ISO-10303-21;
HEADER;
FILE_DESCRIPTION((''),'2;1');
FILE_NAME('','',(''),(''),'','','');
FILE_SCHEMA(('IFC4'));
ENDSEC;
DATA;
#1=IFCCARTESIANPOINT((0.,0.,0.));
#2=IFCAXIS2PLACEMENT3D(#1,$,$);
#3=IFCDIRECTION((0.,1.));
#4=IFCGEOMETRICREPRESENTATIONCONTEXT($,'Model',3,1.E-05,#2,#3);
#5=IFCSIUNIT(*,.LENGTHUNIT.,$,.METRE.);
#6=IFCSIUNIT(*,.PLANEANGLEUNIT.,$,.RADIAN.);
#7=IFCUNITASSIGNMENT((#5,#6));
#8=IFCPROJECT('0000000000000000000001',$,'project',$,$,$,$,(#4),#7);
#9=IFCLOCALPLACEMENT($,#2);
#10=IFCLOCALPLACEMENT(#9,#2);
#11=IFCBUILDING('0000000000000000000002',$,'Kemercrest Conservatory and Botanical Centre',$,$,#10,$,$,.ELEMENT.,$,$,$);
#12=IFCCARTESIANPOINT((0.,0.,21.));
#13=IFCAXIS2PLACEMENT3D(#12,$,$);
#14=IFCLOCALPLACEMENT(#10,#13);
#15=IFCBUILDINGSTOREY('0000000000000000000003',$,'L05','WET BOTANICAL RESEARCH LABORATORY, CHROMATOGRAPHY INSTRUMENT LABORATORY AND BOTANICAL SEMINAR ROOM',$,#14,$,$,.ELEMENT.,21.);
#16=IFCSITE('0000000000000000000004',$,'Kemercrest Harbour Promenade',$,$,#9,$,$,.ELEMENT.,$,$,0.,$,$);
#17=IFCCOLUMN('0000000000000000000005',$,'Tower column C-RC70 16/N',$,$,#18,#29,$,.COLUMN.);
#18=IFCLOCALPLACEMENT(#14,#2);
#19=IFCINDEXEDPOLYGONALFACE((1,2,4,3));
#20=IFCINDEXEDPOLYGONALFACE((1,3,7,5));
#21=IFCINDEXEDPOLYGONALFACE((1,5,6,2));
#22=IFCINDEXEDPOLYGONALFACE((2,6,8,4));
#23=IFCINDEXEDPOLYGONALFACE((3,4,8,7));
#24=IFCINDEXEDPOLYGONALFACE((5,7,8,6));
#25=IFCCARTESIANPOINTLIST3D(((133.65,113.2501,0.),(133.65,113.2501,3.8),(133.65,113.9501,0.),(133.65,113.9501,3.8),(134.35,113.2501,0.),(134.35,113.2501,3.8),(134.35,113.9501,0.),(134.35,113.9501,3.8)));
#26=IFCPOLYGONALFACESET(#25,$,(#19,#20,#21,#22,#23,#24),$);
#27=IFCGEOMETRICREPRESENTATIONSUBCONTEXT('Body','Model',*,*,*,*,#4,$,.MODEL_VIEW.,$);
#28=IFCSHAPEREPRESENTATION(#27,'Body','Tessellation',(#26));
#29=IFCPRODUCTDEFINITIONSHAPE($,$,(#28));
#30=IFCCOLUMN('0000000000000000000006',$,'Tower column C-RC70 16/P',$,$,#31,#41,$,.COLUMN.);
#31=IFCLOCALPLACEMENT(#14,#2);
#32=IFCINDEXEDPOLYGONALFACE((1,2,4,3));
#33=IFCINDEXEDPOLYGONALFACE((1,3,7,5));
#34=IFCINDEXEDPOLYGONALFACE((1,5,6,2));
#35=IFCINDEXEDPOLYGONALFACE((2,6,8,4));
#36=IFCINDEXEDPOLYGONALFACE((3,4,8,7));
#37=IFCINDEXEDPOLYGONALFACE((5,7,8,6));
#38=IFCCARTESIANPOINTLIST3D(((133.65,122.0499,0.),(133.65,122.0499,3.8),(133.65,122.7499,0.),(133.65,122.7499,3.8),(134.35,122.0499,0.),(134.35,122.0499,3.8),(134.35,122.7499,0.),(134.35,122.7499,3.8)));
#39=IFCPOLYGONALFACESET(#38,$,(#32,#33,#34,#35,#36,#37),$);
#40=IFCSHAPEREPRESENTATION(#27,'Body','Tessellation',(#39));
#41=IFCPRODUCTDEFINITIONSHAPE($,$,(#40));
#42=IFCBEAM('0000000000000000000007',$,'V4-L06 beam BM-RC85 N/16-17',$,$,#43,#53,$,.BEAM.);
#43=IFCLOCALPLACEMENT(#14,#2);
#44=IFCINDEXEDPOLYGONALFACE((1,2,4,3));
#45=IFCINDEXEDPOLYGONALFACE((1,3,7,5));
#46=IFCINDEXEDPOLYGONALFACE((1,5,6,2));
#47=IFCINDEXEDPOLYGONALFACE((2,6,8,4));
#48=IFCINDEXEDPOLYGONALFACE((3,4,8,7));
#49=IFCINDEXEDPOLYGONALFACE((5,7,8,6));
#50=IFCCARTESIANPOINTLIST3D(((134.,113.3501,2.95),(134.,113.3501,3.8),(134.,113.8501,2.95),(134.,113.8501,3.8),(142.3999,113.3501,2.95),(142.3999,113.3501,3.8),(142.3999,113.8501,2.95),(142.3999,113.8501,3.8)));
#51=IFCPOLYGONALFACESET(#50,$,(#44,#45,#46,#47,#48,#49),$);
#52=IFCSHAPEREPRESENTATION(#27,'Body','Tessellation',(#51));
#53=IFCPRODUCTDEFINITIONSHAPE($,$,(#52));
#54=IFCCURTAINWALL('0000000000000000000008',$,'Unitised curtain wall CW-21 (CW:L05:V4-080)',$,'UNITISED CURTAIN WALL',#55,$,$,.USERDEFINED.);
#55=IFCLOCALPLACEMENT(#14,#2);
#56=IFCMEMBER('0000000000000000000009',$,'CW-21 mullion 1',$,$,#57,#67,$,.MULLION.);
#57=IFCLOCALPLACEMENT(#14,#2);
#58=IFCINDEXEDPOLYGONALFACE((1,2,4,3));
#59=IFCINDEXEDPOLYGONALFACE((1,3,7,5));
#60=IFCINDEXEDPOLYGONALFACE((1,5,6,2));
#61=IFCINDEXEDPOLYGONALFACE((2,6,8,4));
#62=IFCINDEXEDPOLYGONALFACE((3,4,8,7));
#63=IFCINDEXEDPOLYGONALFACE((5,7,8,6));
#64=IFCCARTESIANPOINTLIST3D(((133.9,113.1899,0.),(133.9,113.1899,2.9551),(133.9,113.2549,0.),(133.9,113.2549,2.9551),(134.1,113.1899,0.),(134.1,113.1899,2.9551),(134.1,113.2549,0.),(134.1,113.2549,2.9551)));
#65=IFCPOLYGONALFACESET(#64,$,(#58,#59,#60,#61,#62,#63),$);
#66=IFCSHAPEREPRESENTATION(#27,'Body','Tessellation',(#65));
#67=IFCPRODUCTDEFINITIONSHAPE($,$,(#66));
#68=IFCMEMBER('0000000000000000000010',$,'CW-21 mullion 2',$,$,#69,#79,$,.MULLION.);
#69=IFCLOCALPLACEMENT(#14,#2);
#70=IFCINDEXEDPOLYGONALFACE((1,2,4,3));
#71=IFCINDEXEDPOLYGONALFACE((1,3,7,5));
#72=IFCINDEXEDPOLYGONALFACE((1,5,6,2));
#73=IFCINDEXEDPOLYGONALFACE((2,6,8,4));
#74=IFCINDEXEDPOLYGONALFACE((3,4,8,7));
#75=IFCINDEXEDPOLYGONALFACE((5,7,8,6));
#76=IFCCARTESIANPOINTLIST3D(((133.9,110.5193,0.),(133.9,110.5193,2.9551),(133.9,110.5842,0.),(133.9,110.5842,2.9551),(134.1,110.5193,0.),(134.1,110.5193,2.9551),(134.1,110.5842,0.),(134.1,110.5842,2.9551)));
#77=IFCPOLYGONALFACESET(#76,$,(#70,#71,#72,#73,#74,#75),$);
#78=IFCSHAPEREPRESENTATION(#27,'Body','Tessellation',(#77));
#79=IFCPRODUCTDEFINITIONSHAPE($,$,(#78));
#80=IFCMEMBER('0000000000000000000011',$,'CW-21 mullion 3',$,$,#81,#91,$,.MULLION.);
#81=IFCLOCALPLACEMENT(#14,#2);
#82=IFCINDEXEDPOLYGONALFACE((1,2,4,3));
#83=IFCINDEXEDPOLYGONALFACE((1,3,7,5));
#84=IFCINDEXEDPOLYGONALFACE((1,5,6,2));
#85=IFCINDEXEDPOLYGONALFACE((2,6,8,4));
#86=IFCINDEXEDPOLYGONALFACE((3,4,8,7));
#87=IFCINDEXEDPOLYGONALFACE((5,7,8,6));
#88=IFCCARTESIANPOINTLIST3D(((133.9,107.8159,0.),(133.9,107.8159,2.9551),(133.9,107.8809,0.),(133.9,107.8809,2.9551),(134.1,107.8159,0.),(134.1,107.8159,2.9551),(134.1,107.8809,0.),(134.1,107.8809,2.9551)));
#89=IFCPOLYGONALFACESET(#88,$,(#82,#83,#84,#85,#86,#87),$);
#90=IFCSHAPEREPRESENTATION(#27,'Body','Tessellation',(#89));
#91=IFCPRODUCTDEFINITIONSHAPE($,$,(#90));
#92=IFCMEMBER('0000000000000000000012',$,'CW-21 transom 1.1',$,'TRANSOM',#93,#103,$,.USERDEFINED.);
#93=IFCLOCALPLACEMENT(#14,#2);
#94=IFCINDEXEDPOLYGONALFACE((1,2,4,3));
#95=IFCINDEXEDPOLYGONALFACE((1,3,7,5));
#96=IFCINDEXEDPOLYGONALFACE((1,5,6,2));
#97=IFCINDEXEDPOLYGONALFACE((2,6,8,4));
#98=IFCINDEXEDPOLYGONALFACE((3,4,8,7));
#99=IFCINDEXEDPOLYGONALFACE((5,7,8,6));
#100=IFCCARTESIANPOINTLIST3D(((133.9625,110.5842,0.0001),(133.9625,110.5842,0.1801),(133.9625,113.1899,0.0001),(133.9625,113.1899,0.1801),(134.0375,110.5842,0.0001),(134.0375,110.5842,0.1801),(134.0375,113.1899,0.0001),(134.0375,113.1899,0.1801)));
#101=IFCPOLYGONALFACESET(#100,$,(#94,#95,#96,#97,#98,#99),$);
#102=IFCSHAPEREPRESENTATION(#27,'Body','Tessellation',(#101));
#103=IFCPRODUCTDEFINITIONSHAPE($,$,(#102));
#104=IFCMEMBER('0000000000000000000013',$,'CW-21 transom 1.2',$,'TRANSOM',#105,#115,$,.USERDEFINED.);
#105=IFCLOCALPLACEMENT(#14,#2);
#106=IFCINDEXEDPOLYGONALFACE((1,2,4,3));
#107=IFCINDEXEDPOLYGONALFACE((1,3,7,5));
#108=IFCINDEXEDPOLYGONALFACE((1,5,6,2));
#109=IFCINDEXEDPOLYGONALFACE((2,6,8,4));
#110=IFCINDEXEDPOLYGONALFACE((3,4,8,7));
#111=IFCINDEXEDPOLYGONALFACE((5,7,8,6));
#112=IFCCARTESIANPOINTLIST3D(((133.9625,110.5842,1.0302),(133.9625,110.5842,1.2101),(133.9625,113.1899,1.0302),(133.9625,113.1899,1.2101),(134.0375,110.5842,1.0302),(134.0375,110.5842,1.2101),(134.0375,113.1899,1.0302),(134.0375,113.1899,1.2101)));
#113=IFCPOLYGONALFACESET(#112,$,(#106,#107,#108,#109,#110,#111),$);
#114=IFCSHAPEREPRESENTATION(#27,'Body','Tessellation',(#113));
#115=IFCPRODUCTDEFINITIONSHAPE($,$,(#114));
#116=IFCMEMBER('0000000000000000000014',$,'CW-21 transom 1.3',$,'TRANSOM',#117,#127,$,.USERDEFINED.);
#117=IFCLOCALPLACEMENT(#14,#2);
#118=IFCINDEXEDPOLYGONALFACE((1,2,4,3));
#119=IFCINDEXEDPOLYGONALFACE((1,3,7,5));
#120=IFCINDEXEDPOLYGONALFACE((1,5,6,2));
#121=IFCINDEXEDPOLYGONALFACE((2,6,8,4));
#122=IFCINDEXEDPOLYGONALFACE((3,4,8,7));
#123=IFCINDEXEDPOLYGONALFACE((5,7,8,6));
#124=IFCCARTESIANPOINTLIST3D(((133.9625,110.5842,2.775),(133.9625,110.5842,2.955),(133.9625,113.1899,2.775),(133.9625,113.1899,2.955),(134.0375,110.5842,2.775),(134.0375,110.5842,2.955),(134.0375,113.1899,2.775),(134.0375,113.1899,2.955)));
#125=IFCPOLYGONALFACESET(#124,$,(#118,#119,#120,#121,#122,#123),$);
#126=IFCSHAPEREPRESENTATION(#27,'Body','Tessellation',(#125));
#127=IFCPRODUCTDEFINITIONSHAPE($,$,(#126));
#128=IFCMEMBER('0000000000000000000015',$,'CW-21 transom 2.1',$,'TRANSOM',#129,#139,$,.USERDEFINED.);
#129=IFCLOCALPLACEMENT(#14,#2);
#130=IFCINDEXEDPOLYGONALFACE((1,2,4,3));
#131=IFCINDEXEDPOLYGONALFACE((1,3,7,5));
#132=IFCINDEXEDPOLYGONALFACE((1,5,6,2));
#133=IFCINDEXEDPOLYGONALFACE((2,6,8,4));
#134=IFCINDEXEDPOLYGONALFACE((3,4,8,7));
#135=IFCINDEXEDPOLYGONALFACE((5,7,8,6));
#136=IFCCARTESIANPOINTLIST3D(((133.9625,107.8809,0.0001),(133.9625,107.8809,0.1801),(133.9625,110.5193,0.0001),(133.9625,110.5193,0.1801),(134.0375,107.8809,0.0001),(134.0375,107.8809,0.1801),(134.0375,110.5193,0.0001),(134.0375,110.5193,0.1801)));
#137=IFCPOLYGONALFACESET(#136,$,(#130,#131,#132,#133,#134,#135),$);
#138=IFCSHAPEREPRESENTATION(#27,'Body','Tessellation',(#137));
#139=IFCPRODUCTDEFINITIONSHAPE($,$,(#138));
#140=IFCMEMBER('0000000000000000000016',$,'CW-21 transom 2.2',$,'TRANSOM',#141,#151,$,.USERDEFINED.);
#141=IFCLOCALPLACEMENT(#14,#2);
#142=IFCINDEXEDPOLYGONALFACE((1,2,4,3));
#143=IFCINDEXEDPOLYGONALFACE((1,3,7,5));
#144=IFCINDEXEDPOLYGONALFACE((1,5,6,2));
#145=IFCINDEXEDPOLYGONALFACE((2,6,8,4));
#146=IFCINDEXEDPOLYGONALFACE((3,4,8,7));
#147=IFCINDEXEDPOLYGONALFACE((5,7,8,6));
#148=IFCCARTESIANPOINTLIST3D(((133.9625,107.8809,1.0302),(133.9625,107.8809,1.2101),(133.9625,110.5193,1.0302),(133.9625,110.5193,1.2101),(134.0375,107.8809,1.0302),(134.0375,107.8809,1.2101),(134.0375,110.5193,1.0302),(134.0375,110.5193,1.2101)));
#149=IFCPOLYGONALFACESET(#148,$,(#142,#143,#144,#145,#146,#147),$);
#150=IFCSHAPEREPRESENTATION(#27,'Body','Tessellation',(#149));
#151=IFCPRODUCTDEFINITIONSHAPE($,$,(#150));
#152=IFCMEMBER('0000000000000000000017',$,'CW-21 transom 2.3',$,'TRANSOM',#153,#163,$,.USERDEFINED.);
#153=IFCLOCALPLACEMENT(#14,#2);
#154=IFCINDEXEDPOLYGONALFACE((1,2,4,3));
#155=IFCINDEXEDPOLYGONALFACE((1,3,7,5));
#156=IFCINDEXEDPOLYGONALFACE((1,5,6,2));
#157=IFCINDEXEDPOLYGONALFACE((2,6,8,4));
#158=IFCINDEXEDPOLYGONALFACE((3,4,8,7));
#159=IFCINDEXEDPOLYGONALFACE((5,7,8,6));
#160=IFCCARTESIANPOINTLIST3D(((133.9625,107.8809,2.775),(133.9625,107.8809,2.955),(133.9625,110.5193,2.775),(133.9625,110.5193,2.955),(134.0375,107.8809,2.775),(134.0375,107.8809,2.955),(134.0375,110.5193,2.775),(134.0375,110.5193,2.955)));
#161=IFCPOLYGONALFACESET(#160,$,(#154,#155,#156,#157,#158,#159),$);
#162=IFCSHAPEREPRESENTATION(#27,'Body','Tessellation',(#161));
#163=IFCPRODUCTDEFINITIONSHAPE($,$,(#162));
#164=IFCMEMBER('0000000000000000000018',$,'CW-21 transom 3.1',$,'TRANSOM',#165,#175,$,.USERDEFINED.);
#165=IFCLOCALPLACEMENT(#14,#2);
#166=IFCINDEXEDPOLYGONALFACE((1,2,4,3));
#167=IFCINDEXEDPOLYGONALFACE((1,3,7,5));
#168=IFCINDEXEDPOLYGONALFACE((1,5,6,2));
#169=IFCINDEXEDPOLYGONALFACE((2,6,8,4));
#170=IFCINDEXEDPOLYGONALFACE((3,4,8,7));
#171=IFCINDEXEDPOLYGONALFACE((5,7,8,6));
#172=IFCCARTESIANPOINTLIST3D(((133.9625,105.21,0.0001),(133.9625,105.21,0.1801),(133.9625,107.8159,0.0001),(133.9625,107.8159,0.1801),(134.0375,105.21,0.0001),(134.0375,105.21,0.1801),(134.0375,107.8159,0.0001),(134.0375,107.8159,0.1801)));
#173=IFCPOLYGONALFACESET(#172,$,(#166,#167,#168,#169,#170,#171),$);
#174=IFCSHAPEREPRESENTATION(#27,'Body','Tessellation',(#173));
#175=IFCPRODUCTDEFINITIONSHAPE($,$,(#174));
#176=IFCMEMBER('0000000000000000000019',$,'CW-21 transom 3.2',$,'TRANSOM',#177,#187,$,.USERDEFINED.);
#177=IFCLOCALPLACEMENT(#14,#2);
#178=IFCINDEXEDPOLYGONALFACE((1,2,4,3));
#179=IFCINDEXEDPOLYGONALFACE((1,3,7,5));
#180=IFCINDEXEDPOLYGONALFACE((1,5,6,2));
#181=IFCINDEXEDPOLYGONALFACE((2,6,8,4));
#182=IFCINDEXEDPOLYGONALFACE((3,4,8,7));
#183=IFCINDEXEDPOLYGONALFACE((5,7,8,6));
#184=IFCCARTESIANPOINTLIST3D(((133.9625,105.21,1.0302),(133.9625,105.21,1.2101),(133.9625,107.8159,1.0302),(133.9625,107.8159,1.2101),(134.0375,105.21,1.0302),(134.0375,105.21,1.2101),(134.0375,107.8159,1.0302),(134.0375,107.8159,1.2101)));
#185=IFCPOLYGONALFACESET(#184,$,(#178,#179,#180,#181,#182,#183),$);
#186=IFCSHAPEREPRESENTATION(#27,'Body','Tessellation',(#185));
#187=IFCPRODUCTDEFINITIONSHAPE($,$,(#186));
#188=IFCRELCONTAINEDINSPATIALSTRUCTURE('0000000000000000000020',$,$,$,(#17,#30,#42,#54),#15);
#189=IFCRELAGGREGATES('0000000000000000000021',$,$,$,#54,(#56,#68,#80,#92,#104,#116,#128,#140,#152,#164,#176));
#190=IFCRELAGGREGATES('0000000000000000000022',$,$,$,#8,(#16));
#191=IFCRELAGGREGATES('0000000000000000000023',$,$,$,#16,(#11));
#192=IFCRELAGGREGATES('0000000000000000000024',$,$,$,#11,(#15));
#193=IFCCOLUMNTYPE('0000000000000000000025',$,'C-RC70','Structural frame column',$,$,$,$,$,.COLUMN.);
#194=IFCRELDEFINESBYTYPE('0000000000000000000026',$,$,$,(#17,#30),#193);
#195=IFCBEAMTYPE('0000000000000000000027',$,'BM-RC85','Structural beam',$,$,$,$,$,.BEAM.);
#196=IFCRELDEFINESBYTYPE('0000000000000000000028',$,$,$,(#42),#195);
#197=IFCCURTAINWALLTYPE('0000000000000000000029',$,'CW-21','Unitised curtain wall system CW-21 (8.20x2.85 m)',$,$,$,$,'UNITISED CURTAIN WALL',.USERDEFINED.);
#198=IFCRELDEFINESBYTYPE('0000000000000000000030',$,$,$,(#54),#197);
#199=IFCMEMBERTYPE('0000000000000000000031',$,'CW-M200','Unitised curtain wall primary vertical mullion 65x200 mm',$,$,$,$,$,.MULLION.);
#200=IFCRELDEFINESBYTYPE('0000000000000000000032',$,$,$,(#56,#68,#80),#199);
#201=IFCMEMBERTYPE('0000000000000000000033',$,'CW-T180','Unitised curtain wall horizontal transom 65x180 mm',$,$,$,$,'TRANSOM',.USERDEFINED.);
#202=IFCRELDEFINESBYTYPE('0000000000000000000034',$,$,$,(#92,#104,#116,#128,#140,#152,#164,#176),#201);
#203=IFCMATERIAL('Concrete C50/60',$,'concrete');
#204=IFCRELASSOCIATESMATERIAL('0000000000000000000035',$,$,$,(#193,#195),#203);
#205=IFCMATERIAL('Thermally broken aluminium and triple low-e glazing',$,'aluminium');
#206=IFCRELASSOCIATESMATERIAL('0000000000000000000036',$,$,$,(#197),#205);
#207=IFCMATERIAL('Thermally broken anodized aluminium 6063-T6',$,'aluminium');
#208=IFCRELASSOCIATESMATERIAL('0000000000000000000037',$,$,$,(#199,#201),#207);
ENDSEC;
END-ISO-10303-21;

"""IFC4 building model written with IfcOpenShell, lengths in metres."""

from ifc_helpers import new_model, si_unit, direction, frame, origin, origin_2d, place, context, subcontext, project, spatial, rectangle, extrude, material, material_profile, profile_set, type_object, element, aggregate, save


model = new_model("IFC4")

# Units and contexts
model_context = context("Model", 3, precision=1e-05, world=origin(), true_north=direction((0.0, 1.0)))
body_context = subcontext(model_context, "Body", "Model", "MODEL_VIEW")
ifc_project = project(units=[si_unit("LENGTHUNIT", "METRE"), si_unit("PLANEANGLEUNIT", "RADIAN")], contexts=[model_context])

# Site, building, storey
site_placement = place(None, origin())
site = spatial("IfcSite", under=ifc_project, at=site_placement, Name="Kemercrest Harbour Promenade", CompositionType="ELEMENT", RefElevation=0.0)
building_placement = place(site_placement, origin())
building = spatial("IfcBuilding", under=site, at=building_placement, Name="Kemercrest Conservatory and Botanical Centre", CompositionType="ELEMENT")
storey_placement = place(building_placement, frame((0.0, 0.0, 21.0)))
storey = spatial("IfcBuildingStorey", under=building, at=storey_placement, Name="L05", Description="WET BOTANICAL RESEARCH LABORATORY, CHROMATOGRAPHY INSTRUMENT LABORATORY AND BOTANICAL SEMINAR ROOM", CompositionType="ELEMENT", Elevation=21.0)

# Columns
ifc_material_1 = material(Name="Concrete C50/60", Category="concrete")
ifc_material_profile_1 = material_profile(ifc_material_1, rectangle(XDim=0.7, YDim=0.7, at=origin_2d()), Name="RC 700x700")
ifc_profile_set_1 = profile_set([ifc_material_profile_1], Name="Concrete C50/60")
column_type = type_object("IfcColumnType", Name="C-RC70", Description="Structural frame column", PredefinedType="COLUMN", material=ifc_profile_set_1)
for number, where, z_axis, x_axis, name in (
    (1, (134.0, 113.6001, 0.0), (0.0, 0.0, 1.0), (1.0, 0.0, 0.0), "Tower column C-RC70 16/N"),
    (2, (134.0, 122.3999, 0.0), (0.0, 0.0, 1.0), (1.0, 0.0, 0.0), "Tower column C-RC70 16/P"),
):
    element("IfcColumn", number, at=place(storey_placement, frame(where, z_axis=z_axis, x_axis=x_axis)), inside=storey, type_object=column_type, Name=name, PredefinedType="COLUMN", context=body_context, shape_type="SweptSolid", body=[
        extrude(rectangle(XDim=0.7, YDim=0.7, at=origin_2d()), origin(), (0.0, 0.0, 1.0), 3.8),
    ])

# Beam
ifc_material_profile_2 = material_profile(ifc_material_1, rectangle(XDim=0.5, YDim=0.8501, at=origin_2d()), Name="RC 500x850")
ifc_profile_set_2 = profile_set([ifc_material_profile_2], Name="Concrete C50/60")
beam_type_1 = type_object("IfcBeamType", Name="BM-RC85", Description="Structural beam", PredefinedType="BEAM", material=ifc_profile_set_2)
beam_1_placement = place(storey_placement, frame((134.0, 113.6001, 3.375), z_axis=(1.0, 0.0, 0.0), x_axis=(0.0, 1.0, 0.0)))
element("IfcBeam", 3, at=beam_1_placement, inside=storey, type_object=beam_type_1, Name="V4-L06 beam BM-RC85 N/16-17", PredefinedType="BEAM", context=body_context, shape_type="SweptSolid", body=[
    extrude(rectangle(XDim=0.5, YDim=0.8501, at=origin_2d()), origin(), (0.0, 0.0, 1.0), 8.3999),
])

# Curtain wall, members
ifc_material_2 = material(Name="Thermally broken aluminium and triple low-e glazing", Category="aluminium")
curtain_wall_type = type_object("IfcCurtainWallType", Name="CW-21", Description="Unitised curtain wall system CW-21 (8.20x2.85 m)", ElementType="UNITISED CURTAIN WALL", PredefinedType="USERDEFINED", material=ifc_material_2)
curtain_wall_placement = place(storey_placement, origin())
curtain_wall = element("IfcCurtainWall", 4, at=curtain_wall_placement, inside=storey, type_object=curtain_wall_type, Name="Unitised curtain wall CW-21 (CW:L05:V4-080)", ObjectType="UNITISED CURTAIN WALL", PredefinedType="USERDEFINED")
ifc_material_3 = material(Name="Thermally broken anodized aluminium 6063-T6", Category="aluminium")
ifc_material_profile_3 = material_profile(ifc_material_3, rectangle(XDim=0.2, YDim=0.0649, at=origin_2d()), Name="AL MULLION 65x200")
ifc_profile_set_3 = profile_set([ifc_material_profile_3], Name="Thermally broken anodized aluminium 6063-T6")
member_type_1 = type_object("IfcMemberType", Name="CW-M200", Description="Unitised curtain wall primary vertical mullion 65x200 mm", PredefinedType="MULLION", material=ifc_profile_set_3)
member_1_placement = place(storey_placement, frame((134.0, 113.2224, 0.0), z_axis=(0.0, 0.0, 1.0), x_axis=(1.0, 0.0, 0.0)))
member_1 = element("IfcMember", 5, at=member_1_placement, type_object=member_type_1, Name="CW-21 mullion 1", PredefinedType="MULLION", context=body_context, shape_type="SweptSolid", body=[
    extrude(rectangle(XDim=0.2, YDim=0.0649, at=origin_2d()), origin(), (0.0, 0.0, 1.0), 2.9551),
])
member_2_placement = place(storey_placement, frame((134.0, 110.5518, 0.0), z_axis=(0.0, 0.0, 1.0), x_axis=(1.0, 0.0, 0.0)))
member_2 = element("IfcMember", 6, at=member_2_placement, type_object=member_type_1, Name="CW-21 mullion 2", PredefinedType="MULLION", context=body_context, shape_type="SweptSolid", body=[
    extrude(rectangle(XDim=0.2, YDim=0.0649, at=origin_2d()), origin(), (0.0, 0.0, 1.0), 2.9551),
])
member_3_placement = place(storey_placement, frame((134.0, 107.8484, 0.0), z_axis=(0.0, 0.0, 1.0), x_axis=(1.0, 0.0, 0.0)))
member_3 = element("IfcMember", 7, at=member_3_placement, type_object=member_type_1, Name="CW-21 mullion 3", PredefinedType="MULLION", context=body_context, shape_type="SweptSolid", body=[
    extrude(rectangle(XDim=0.2, YDim=0.0649, at=origin_2d()), origin(), (0.0, 0.0, 1.0), 2.9551),
])
ifc_material_profile_4 = material_profile(ifc_material_3, rectangle(XDim=0.075, YDim=0.1799, at=origin_2d()), Name="AL TRANSOM 75x180")
ifc_profile_set_4 = profile_set([ifc_material_profile_4], Name="Thermally broken anodized aluminium 6063-T6")
member_type_2 = type_object("IfcMemberType", Name="CW-T180", Description="Unitised curtain wall horizontal transom 65x180 mm", ElementType="TRANSOM", PredefinedType="USERDEFINED", material=ifc_profile_set_4)
member_4_placement = place(storey_placement, frame((134.0, 113.1899, 0.0901), z_axis=(0.0, -1.0, 0.0), x_axis=(1.0, 0.0, 0.0)))
member_4 = element("IfcMember", 8, at=member_4_placement, type_object=member_type_2, Name="CW-21 transom 1.1", ObjectType="TRANSOM", PredefinedType="USERDEFINED", context=body_context, shape_type="SweptSolid", body=[
    extrude(rectangle(XDim=0.075, YDim=0.1799, at=origin_2d()), origin(), (0.0, 0.0, 1.0), 2.6057),
])
member_5_placement = place(storey_placement, frame((134.0, 113.1899, 1.1201), z_axis=(0.0, -1.0, 0.0), x_axis=(1.0, 0.0, 0.0)))
member_5 = element("IfcMember", 9, at=member_5_placement, type_object=member_type_2, Name="CW-21 transom 1.2", ObjectType="TRANSOM", PredefinedType="USERDEFINED", context=body_context, shape_type="SweptSolid", body=[
    extrude(rectangle(XDim=0.075, YDim=0.1799, at=origin_2d()), origin(), (0.0, 0.0, 1.0), 2.6057),
])
member_6_placement = place(storey_placement, frame((134.0, 113.1899, 2.865), z_axis=(0.0, -1.0, 0.0), x_axis=(1.0, 0.0, 0.0)))
member_6 = element("IfcMember", 10, at=member_6_placement, type_object=member_type_2, Name="CW-21 transom 1.3", ObjectType="TRANSOM", PredefinedType="USERDEFINED", context=body_context, shape_type="SweptSolid", body=[
    extrude(rectangle(XDim=0.075, YDim=0.1799, at=origin_2d()), origin(), (0.0, 0.0, 1.0), 2.6057),
])
member_7_placement = place(storey_placement, frame((134.0, 110.5193, 0.0901), z_axis=(0.0, -1.0, 0.0), x_axis=(1.0, 0.0, 0.0)))
member_7 = element("IfcMember", 11, at=member_7_placement, type_object=member_type_2, Name="CW-21 transom 2.1", ObjectType="TRANSOM", PredefinedType="USERDEFINED", context=body_context, shape_type="SweptSolid", body=[
    extrude(rectangle(XDim=0.075, YDim=0.1799, at=origin_2d()), origin(), (0.0, 0.0, 1.0), 2.6384),
])
member_8_placement = place(storey_placement, frame((134.0, 110.5193, 1.1201), z_axis=(0.0, -1.0, 0.0), x_axis=(1.0, 0.0, 0.0)))
member_8 = element("IfcMember", 12, at=member_8_placement, type_object=member_type_2, Name="CW-21 transom 2.2", ObjectType="TRANSOM", PredefinedType="USERDEFINED", context=body_context, shape_type="SweptSolid", body=[
    extrude(rectangle(XDim=0.075, YDim=0.1799, at=origin_2d()), origin(), (0.0, 0.0, 1.0), 2.6384),
])
member_9_placement = place(storey_placement, frame((134.0, 110.5193, 2.865), z_axis=(0.0, -1.0, 0.0), x_axis=(1.0, 0.0, 0.0)))
member_9 = element("IfcMember", 13, at=member_9_placement, type_object=member_type_2, Name="CW-21 transom 2.3", ObjectType="TRANSOM", PredefinedType="USERDEFINED", context=body_context, shape_type="SweptSolid", body=[
    extrude(rectangle(XDim=0.075, YDim=0.1799, at=origin_2d()), origin(), (0.0, 0.0, 1.0), 2.6384),
])
member_10_placement = place(storey_placement, frame((134.0, 107.8159, 0.0901), z_axis=(0.0, -1.0, 0.0), x_axis=(1.0, 0.0, 0.0)))
member_10 = element("IfcMember", 14, at=member_10_placement, type_object=member_type_2, Name="CW-21 transom 3.1", ObjectType="TRANSOM", PredefinedType="USERDEFINED", context=body_context, shape_type="SweptSolid", body=[
    extrude(rectangle(XDim=0.075, YDim=0.1799, at=origin_2d()), origin(), (0.0, 0.0, 1.0), 2.606),
])
member_11_placement = place(storey_placement, frame((134.0, 107.8159, 1.1201), z_axis=(0.0, -1.0, 0.0), x_axis=(1.0, 0.0, 0.0)))
member_11 = element("IfcMember", 15, at=member_11_placement, type_object=member_type_2, Name="CW-21 transom 3.2", ObjectType="TRANSOM", PredefinedType="USERDEFINED", context=body_context, shape_type="SweptSolid", body=[
    extrude(rectangle(XDim=0.075, YDim=0.1799, at=origin_2d()), origin(), (0.0, 0.0, 1.0), 2.606),
])

aggregate(curtain_wall, [member_1, member_2, member_3, member_4, member_5, member_6, member_7, member_8, member_9, member_10, member_11])

save(model, "model.ifc")
